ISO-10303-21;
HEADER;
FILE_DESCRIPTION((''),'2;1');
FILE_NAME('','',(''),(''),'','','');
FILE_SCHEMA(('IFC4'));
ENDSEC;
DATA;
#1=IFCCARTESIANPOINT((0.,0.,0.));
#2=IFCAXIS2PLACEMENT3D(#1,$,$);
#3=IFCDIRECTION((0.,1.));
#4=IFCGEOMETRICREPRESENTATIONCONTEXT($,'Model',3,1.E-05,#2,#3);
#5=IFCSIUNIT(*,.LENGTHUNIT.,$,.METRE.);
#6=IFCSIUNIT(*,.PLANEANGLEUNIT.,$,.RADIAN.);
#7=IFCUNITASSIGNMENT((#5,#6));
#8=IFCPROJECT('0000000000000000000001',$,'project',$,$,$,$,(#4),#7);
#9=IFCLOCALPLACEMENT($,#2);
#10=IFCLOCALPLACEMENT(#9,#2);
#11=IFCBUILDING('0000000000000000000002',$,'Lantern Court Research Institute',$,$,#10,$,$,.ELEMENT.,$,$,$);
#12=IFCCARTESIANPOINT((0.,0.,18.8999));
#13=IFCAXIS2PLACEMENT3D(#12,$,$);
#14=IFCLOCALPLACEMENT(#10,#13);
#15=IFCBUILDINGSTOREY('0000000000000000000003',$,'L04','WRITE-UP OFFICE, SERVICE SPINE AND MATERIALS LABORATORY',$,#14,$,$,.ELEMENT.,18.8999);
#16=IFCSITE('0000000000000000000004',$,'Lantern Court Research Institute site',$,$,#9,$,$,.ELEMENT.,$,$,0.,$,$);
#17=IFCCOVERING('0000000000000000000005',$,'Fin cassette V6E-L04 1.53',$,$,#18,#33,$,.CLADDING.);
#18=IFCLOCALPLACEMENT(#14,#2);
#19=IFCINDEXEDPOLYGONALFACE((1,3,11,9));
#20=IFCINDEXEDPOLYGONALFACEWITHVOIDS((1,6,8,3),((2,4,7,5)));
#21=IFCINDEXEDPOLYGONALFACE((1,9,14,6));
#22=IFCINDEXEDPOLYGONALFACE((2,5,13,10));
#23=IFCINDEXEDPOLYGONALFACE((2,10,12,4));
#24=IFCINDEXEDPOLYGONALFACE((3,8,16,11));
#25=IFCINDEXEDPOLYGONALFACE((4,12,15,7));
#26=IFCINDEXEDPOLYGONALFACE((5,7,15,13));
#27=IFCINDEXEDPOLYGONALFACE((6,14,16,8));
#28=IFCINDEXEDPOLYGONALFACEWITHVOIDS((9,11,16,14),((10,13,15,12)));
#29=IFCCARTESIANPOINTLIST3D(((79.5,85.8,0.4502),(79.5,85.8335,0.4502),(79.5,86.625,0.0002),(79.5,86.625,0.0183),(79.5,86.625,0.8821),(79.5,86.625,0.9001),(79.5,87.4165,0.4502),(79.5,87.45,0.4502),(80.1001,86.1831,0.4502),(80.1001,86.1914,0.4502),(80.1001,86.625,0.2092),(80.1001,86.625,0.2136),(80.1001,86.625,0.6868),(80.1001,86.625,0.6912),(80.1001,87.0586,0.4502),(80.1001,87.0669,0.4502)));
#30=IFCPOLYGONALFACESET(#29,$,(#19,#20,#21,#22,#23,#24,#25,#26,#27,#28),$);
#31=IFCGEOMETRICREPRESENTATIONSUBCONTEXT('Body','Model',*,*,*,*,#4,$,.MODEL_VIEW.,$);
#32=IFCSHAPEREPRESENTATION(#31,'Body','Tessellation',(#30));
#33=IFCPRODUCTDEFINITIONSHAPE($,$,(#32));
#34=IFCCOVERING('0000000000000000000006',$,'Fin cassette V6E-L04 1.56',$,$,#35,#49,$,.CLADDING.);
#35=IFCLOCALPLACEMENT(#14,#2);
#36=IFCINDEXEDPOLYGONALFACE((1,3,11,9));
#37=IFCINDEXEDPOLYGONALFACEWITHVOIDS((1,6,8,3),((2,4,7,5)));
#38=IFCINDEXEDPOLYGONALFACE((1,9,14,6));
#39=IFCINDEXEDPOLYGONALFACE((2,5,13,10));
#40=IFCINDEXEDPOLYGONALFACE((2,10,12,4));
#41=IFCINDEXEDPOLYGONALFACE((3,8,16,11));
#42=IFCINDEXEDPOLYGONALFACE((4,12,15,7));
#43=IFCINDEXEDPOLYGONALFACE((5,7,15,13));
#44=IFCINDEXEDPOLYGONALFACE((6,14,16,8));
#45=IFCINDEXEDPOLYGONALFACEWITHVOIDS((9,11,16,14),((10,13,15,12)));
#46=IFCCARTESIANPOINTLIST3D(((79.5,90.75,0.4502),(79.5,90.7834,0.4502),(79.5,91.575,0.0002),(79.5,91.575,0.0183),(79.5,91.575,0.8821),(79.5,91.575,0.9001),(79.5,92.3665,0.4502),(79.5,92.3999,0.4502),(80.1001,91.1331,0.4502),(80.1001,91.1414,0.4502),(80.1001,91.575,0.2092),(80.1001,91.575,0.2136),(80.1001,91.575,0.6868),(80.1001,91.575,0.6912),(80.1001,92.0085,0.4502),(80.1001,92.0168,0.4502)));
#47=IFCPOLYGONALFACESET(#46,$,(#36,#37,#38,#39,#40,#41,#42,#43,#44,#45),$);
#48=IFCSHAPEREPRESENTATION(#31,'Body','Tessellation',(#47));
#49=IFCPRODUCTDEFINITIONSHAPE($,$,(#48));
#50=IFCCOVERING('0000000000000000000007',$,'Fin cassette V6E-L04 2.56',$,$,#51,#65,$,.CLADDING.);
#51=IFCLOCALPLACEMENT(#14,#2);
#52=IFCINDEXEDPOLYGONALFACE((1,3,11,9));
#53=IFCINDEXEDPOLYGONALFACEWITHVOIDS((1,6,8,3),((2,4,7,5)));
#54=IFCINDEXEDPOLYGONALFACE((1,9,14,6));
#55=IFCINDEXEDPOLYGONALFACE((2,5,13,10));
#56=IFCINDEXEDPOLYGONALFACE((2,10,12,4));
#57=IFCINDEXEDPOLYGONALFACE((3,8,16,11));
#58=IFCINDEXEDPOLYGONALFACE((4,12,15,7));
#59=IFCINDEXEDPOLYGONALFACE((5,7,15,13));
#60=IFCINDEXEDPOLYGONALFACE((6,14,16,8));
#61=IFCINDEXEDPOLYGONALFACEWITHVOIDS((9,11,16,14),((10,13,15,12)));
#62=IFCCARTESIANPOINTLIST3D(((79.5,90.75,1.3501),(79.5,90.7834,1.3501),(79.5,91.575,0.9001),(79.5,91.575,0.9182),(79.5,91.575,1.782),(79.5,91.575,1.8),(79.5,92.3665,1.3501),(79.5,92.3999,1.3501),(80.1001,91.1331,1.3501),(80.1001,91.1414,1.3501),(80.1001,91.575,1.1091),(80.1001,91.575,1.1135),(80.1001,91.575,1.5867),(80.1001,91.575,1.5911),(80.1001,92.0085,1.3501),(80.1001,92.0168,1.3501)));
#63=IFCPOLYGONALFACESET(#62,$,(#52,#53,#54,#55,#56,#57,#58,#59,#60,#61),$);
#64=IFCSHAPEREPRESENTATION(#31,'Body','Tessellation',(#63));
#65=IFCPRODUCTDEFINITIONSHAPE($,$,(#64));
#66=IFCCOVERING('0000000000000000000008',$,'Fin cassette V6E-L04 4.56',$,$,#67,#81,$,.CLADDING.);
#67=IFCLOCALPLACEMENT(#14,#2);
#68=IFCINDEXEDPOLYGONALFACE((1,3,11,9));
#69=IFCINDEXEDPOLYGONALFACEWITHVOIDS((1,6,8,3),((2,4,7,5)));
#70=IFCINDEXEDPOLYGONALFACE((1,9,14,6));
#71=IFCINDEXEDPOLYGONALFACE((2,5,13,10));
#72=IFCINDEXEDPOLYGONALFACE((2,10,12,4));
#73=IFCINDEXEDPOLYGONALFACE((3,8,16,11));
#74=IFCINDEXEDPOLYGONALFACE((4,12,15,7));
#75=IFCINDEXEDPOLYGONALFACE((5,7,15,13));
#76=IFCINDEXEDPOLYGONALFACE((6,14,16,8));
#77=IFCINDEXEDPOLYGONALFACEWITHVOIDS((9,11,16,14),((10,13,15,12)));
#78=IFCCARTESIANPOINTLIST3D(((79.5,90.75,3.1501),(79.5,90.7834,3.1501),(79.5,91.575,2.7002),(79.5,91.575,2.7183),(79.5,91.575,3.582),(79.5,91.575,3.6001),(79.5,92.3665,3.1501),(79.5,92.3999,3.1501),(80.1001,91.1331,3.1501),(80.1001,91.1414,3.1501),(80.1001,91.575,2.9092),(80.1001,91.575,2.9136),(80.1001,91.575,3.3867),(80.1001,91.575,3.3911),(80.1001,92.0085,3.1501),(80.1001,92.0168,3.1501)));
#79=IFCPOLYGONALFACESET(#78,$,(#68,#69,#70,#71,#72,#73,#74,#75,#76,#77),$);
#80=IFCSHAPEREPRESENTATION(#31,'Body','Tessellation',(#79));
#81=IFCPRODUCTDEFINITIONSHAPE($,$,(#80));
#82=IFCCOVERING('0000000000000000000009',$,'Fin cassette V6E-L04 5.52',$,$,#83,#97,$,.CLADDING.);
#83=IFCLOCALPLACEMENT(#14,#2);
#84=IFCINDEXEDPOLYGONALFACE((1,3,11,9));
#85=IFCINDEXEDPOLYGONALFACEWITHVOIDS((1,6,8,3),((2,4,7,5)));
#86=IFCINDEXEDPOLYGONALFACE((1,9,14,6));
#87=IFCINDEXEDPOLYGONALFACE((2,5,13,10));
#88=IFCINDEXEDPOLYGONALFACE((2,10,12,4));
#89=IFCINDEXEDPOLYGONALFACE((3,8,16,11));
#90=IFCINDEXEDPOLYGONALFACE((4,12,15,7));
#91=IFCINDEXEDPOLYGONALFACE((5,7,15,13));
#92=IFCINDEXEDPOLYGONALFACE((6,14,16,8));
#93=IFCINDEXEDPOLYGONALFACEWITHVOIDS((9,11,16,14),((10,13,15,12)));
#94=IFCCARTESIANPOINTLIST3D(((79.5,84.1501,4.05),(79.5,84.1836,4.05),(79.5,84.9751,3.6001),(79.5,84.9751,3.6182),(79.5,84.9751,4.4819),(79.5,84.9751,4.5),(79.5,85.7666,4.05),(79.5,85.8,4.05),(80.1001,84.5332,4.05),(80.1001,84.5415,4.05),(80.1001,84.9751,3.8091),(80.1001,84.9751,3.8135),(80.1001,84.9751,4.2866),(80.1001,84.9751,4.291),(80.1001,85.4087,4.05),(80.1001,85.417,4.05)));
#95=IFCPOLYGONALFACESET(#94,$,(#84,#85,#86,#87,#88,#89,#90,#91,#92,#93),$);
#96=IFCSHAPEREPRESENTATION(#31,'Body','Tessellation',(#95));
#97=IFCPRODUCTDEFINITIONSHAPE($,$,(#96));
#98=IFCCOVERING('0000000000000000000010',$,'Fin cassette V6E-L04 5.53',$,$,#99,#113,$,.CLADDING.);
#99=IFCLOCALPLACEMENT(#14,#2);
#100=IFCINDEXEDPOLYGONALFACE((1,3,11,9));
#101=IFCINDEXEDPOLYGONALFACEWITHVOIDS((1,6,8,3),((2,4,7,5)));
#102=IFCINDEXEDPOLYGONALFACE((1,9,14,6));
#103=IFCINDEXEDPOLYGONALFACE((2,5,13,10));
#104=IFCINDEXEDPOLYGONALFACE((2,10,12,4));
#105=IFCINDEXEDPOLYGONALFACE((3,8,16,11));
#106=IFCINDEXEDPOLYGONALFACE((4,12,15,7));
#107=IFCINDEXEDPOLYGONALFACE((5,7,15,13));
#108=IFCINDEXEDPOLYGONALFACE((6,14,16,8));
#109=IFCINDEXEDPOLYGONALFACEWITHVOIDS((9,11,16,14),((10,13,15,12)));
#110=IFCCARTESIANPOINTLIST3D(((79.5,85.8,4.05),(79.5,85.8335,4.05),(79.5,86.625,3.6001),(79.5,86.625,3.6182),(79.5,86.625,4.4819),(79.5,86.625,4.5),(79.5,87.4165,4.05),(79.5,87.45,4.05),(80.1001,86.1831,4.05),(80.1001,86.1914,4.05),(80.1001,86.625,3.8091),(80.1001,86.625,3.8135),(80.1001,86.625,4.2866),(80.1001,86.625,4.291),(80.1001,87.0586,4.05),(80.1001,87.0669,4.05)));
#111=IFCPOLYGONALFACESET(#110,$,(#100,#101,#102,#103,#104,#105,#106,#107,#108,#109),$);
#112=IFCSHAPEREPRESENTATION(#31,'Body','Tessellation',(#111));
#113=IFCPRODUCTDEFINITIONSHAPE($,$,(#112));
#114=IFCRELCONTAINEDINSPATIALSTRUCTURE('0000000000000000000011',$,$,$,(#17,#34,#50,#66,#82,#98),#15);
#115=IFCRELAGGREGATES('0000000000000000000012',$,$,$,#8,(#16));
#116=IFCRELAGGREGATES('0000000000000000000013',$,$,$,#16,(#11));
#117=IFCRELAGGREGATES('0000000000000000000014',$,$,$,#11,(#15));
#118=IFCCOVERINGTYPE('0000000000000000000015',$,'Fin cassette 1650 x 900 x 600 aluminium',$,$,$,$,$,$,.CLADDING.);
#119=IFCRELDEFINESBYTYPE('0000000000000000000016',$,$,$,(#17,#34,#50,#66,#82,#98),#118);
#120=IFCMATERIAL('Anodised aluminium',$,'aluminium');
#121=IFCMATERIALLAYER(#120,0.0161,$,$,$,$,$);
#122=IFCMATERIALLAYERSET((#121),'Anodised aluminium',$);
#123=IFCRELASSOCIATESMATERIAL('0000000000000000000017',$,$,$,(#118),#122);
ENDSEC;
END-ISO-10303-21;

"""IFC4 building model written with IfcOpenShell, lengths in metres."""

from ifc_helpers import new_model, entity, si_unit, direction, frame, origin, place, context, subcontext, project, spatial, material, layer, layer_set, type_object, element, save


model = new_model("IFC4")

# Units and contexts
model_context = context("Model", 3, precision=1e-05, world=origin(), true_north=direction((0.0, 1.0)))
body_context = subcontext(model_context, "Body", "Model", "MODEL_VIEW")
ifc_project = project(units=[si_unit("LENGTHUNIT", "METRE"), si_unit("PLANEANGLEUNIT", "RADIAN")], contexts=[model_context])

# Site, building, storey
site_placement = place(None, origin())
site = spatial("IfcSite", under=ifc_project, at=site_placement, Name="Lantern Court Research Institute site", CompositionType="ELEMENT", RefElevation=0.0)
building_placement = place(site_placement, origin())
building = spatial("IfcBuilding", under=site, at=building_placement, Name="Lantern Court Research Institute", CompositionType="ELEMENT")
storey_placement = place(building_placement, frame((0.0, 0.0, 18.8999)))
storey = spatial("IfcBuildingStorey", under=building, at=storey_placement, Name="L04", Description="WRITE-UP OFFICE, SERVICE SPINE AND MATERIALS LABORATORY", CompositionType="ELEMENT", Elevation=18.8999)

# Coverings
ifc_material_1 = material(Name="Anodised aluminium", Category="aluminium")
ifc_layer_1 = layer(ifc_material_1, 0.0161)
ifc_layer_set_1 = layer_set([ifc_layer_1], Name="Anodised aluminium")
covering_type_1 = type_object("IfcCoveringType", Name="Fin cassette 1650 x 900 x 600 aluminium", PredefinedType="CLADDING", material=ifc_layer_set_1)
covering_1_placement = place(storey_placement, frame((79.5, 86.625, 0.4502), z_axis=(1.0, 0.0, 0.0), x_axis=(0.0, 1.0, 0.0)))
cartesian_point_1 = entity("IfcCartesianPoint", [0.825, 0.0])
cartesian_point_2 = entity("IfcCartesianPoint", [0.7915, 0.0])
cartesian_point_3 = entity("IfcCartesianPoint", [0.4419, 0.0])
cartesian_point_4 = entity("IfcCartesianPoint", [0.4336, 0.0])
element("IfcCovering", 1, at=covering_1_placement, inside=storey, type_object=covering_type_1, Name="Fin cassette V6E-L04 1.53", PredefinedType="CLADDING", context=body_context, shape_type="SweptSolid", body=[
    entity("IfcExtrudedAreaSolidTapered", entity("IfcArbitraryProfileDefWithVoids", "AREA", None, entity("IfcPolyline", [cartesian_point_1, entity("IfcCartesianPoint", [0.0, 0.45]), entity("IfcCartesianPoint", [-0.825, 0.0]), entity("IfcCartesianPoint", [0.0, -0.45]), cartesian_point_1]), [entity("IfcPolyline", [cartesian_point_2, entity("IfcCartesianPoint", [0.0, 0.4319]), entity("IfcCartesianPoint", [-0.7915, 0.0]), entity("IfcCartesianPoint", [0.0, -0.4319]), cartesian_point_2])]), entity("IfcAxis2Placement3D", entity("IfcCartesianPoint", [0.0, 0.0, 0.0])), entity("IfcDirection", [0.0, 0.0, 1.0]), 0.6001, entity("IfcArbitraryProfileDefWithVoids", "AREA", None, entity("IfcPolyline", [cartesian_point_3, entity("IfcCartesianPoint", [0.0, 0.241]), entity("IfcCartesianPoint", [-0.4419, 0.0]), entity("IfcCartesianPoint", [0.0, -0.241]), cartesian_point_3]), [entity("IfcPolyline", [cartesian_point_4, entity("IfcCartesianPoint", [0.0, 0.2366]), entity("IfcCartesianPoint", [-0.4336, 0.0]), entity("IfcCartesianPoint", [0.0, -0.2366]), cartesian_point_4])])),
])
covering_2_placement = place(storey_placement, frame((79.5, 91.575, 0.4502), z_axis=(1.0, 0.0, 0.0), x_axis=(0.0, 1.0, 0.0)))
cartesian_point_5 = entity("IfcCartesianPoint", [0.825, 0.0])
cartesian_point_6 = entity("IfcCartesianPoint", [0.7915, 0.0])
cartesian_point_7 = entity("IfcCartesianPoint", [0.4419, 0.0])
cartesian_point_8 = entity("IfcCartesianPoint", [0.4336, 0.0])
element("IfcCovering", 2, at=covering_2_placement, inside=storey, type_object=covering_type_1, Name="Fin cassette V6E-L04 1.56", PredefinedType="CLADDING", context=body_context, shape_type="SweptSolid", body=[
    entity("IfcExtrudedAreaSolidTapered", entity("IfcArbitraryProfileDefWithVoids", "AREA", None, entity("IfcPolyline", [cartesian_point_5, entity("IfcCartesianPoint", [0.0, 0.45]), entity("IfcCartesianPoint", [-0.825, 0.0]), entity("IfcCartesianPoint", [0.0, -0.45]), cartesian_point_5]), [entity("IfcPolyline", [cartesian_point_6, entity("IfcCartesianPoint", [0.0, 0.4319]), entity("IfcCartesianPoint", [-0.7915, 0.0]), entity("IfcCartesianPoint", [0.0, -0.4319]), cartesian_point_6])]), entity("IfcAxis2Placement3D", entity("IfcCartesianPoint", [0.0, 0.0, 0.0])), entity("IfcDirection", [0.0, 0.0, 1.0]), 0.6001, entity("IfcArbitraryProfileDefWithVoids", "AREA", None, entity("IfcPolyline", [cartesian_point_7, entity("IfcCartesianPoint", [0.0, 0.241]), entity("IfcCartesianPoint", [-0.4419, 0.0]), entity("IfcCartesianPoint", [0.0, -0.241]), cartesian_point_7]), [entity("IfcPolyline", [cartesian_point_8, entity("IfcCartesianPoint", [0.0, 0.2366]), entity("IfcCartesianPoint", [-0.4336, 0.0]), entity("IfcCartesianPoint", [0.0, -0.2366]), cartesian_point_8])])),
])
covering_3_placement = place(storey_placement, frame((79.5, 91.575, 1.3501), z_axis=(1.0, 0.0, 0.0), x_axis=(0.0, 1.0, 0.0)))
cartesian_point_9 = entity("IfcCartesianPoint", [0.825, 0.0])
cartesian_point_10 = entity("IfcCartesianPoint", [0.7915, 0.0])
cartesian_point_11 = entity("IfcCartesianPoint", [0.4419, 0.0])
cartesian_point_12 = entity("IfcCartesianPoint", [0.4336, 0.0])
element("IfcCovering", 3, at=covering_3_placement, inside=storey, type_object=covering_type_1, Name="Fin cassette V6E-L04 2.56", PredefinedType="CLADDING", context=body_context, shape_type="SweptSolid", body=[
    entity("IfcExtrudedAreaSolidTapered", entity("IfcArbitraryProfileDefWithVoids", "AREA", None, entity("IfcPolyline", [cartesian_point_9, entity("IfcCartesianPoint", [0.0, 0.45]), entity("IfcCartesianPoint", [-0.825, 0.0]), entity("IfcCartesianPoint", [0.0, -0.45]), cartesian_point_9]), [entity("IfcPolyline", [cartesian_point_10, entity("IfcCartesianPoint", [0.0, 0.4319]), entity("IfcCartesianPoint", [-0.7915, 0.0]), entity("IfcCartesianPoint", [0.0, -0.4319]), cartesian_point_10])]), entity("IfcAxis2Placement3D", entity("IfcCartesianPoint", [0.0, 0.0, 0.0])), entity("IfcDirection", [0.0, 0.0, 1.0]), 0.6001, entity("IfcArbitraryProfileDefWithVoids", "AREA", None, entity("IfcPolyline", [cartesian_point_11, entity("IfcCartesianPoint", [0.0, 0.241]), entity("IfcCartesianPoint", [-0.4419, 0.0]), entity("IfcCartesianPoint", [0.0, -0.241]), cartesian_point_11]), [entity("IfcPolyline", [cartesian_point_12, entity("IfcCartesianPoint", [0.0, 0.2366]), entity("IfcCartesianPoint", [-0.4336, 0.0]), entity("IfcCartesianPoint", [0.0, -0.2366]), cartesian_point_12])])),
])
covering_4_placement = place(storey_placement, frame((79.5, 91.575, 3.1501), z_axis=(1.0, 0.0, 0.0), x_axis=(0.0, 1.0, 0.0)))
cartesian_point_13 = entity("IfcCartesianPoint", [0.825, 0.0])
cartesian_point_14 = entity("IfcCartesianPoint", [0.7915, 0.0])
cartesian_point_15 = entity("IfcCartesianPoint", [0.4419, 0.0])
cartesian_point_16 = entity("IfcCartesianPoint", [0.4336, 0.0])
element("IfcCovering", 4, at=covering_4_placement, inside=storey, type_object=covering_type_1, Name="Fin cassette V6E-L04 4.56", PredefinedType="CLADDING", context=body_context, shape_type="SweptSolid", body=[
    entity("IfcExtrudedAreaSolidTapered", entity("IfcArbitraryProfileDefWithVoids", "AREA", None, entity("IfcPolyline", [cartesian_point_13, entity("IfcCartesianPoint", [0.0, 0.45]), entity("IfcCartesianPoint", [-0.825, 0.0]), entity("IfcCartesianPoint", [0.0, -0.45]), cartesian_point_13]), [entity("IfcPolyline", [cartesian_point_14, entity("IfcCartesianPoint", [0.0, 0.4319]), entity("IfcCartesianPoint", [-0.7915, 0.0]), entity("IfcCartesianPoint", [0.0, -0.4319]), cartesian_point_14])]), entity("IfcAxis2Placement3D", entity("IfcCartesianPoint", [0.0, 0.0, 0.0])), entity("IfcDirection", [0.0, 0.0, 1.0]), 0.6001, entity("IfcArbitraryProfileDefWithVoids", "AREA", None, entity("IfcPolyline", [cartesian_point_15, entity("IfcCartesianPoint", [0.0, 0.241]), entity("IfcCartesianPoint", [-0.4419, 0.0]), entity("IfcCartesianPoint", [0.0, -0.241]), cartesian_point_15]), [entity("IfcPolyline", [cartesian_point_16, entity("IfcCartesianPoint", [0.0, 0.2366]), entity("IfcCartesianPoint", [-0.4336, 0.0]), entity("IfcCartesianPoint", [0.0, -0.2366]), cartesian_point_16])])),
])
covering_5_placement = place(storey_placement, frame((79.5, 84.9751, 4.05), z_axis=(1.0, 0.0, 0.0), x_axis=(0.0, 1.0, 0.0)))
cartesian_point_17 = entity("IfcCartesianPoint", [0.825, 0.0])
cartesian_point_18 = entity("IfcCartesianPoint", [0.7915, 0.0])
cartesian_point_19 = entity("IfcCartesianPoint", [0.4419, 0.0])
cartesian_point_20 = entity("IfcCartesianPoint", [0.4336, 0.0])
element("IfcCovering", 5, at=covering_5_placement, inside=storey, type_object=covering_type_1, Name="Fin cassette V6E-L04 5.52", PredefinedType="CLADDING", context=body_context, shape_type="SweptSolid", body=[
    entity("IfcExtrudedAreaSolidTapered", entity("IfcArbitraryProfileDefWithVoids", "AREA", None, entity("IfcPolyline", [cartesian_point_17, entity("IfcCartesianPoint", [0.0, 0.45]), entity("IfcCartesianPoint", [-0.825, 0.0]), entity("IfcCartesianPoint", [0.0, -0.45]), cartesian_point_17]), [entity("IfcPolyline", [cartesian_point_18, entity("IfcCartesianPoint", [0.0, 0.4319]), entity("IfcCartesianPoint", [-0.7915, 0.0]), entity("IfcCartesianPoint", [0.0, -0.4319]), cartesian_point_18])]), entity("IfcAxis2Placement3D", entity("IfcCartesianPoint", [0.0, 0.0, 0.0])), entity("IfcDirection", [0.0, 0.0, 1.0]), 0.6001, entity("IfcArbitraryProfileDefWithVoids", "AREA", None, entity("IfcPolyline", [cartesian_point_19, entity("IfcCartesianPoint", [0.0, 0.241]), entity("IfcCartesianPoint", [-0.4419, 0.0]), entity("IfcCartesianPoint", [0.0, -0.241]), cartesian_point_19]), [entity("IfcPolyline", [cartesian_point_20, entity("IfcCartesianPoint", [0.0, 0.2366]), entity("IfcCartesianPoint", [-0.4336, 0.0]), entity("IfcCartesianPoint", [0.0, -0.2366]), cartesian_point_20])])),
])
covering_6_placement = place(storey_placement, frame((79.5, 86.625, 4.05), z_axis=(1.0, 0.0, 0.0), x_axis=(0.0, 1.0, 0.0)))
cartesian_point_21 = entity("IfcCartesianPoint", [0.825, 0.0])
cartesian_point_22 = entity("IfcCartesianPoint", [0.7915, 0.0])
cartesian_point_23 = entity("IfcCartesianPoint", [0.4419, 0.0])
cartesian_point_24 = entity("IfcCartesianPoint", [0.4336, 0.0])
element("IfcCovering", 6, at=covering_6_placement, inside=storey, type_object=covering_type_1, Name="Fin cassette V6E-L04 5.53", PredefinedType="CLADDING", context=body_context, shape_type="SweptSolid", body=[
    entity("IfcExtrudedAreaSolidTapered", entity("IfcArbitraryProfileDefWithVoids", "AREA", None, entity("IfcPolyline", [cartesian_point_21, entity("IfcCartesianPoint", [0.0, 0.45]), entity("IfcCartesianPoint", [-0.825, 0.0]), entity("IfcCartesianPoint", [0.0, -0.45]), cartesian_point_21]), [entity("IfcPolyline", [cartesian_point_22, entity("IfcCartesianPoint", [0.0, 0.4319]), entity("IfcCartesianPoint", [-0.7915, 0.0]), entity("IfcCartesianPoint", [0.0, -0.4319]), cartesian_point_22])]), entity("IfcAxis2Placement3D", entity("IfcCartesianPoint", [0.0, 0.0, 0.0])), entity("IfcDirection", [0.0, 0.0, 1.0]), 0.6001, entity("IfcArbitraryProfileDefWithVoids", "AREA", None, entity("IfcPolyline", [cartesian_point_23, entity("IfcCartesianPoint", [0.0, 0.241]), entity("IfcCartesianPoint", [-0.4419, 0.0]), entity("IfcCartesianPoint", [0.0, -0.241]), cartesian_point_23]), [entity("IfcPolyline", [cartesian_point_24, entity("IfcCartesianPoint", [0.0, 0.2366]), entity("IfcCartesianPoint", [-0.4336, 0.0]), entity("IfcCartesianPoint", [0.0, -0.2366]), cartesian_point_24])])),
])

save(model, "model.ifc")
